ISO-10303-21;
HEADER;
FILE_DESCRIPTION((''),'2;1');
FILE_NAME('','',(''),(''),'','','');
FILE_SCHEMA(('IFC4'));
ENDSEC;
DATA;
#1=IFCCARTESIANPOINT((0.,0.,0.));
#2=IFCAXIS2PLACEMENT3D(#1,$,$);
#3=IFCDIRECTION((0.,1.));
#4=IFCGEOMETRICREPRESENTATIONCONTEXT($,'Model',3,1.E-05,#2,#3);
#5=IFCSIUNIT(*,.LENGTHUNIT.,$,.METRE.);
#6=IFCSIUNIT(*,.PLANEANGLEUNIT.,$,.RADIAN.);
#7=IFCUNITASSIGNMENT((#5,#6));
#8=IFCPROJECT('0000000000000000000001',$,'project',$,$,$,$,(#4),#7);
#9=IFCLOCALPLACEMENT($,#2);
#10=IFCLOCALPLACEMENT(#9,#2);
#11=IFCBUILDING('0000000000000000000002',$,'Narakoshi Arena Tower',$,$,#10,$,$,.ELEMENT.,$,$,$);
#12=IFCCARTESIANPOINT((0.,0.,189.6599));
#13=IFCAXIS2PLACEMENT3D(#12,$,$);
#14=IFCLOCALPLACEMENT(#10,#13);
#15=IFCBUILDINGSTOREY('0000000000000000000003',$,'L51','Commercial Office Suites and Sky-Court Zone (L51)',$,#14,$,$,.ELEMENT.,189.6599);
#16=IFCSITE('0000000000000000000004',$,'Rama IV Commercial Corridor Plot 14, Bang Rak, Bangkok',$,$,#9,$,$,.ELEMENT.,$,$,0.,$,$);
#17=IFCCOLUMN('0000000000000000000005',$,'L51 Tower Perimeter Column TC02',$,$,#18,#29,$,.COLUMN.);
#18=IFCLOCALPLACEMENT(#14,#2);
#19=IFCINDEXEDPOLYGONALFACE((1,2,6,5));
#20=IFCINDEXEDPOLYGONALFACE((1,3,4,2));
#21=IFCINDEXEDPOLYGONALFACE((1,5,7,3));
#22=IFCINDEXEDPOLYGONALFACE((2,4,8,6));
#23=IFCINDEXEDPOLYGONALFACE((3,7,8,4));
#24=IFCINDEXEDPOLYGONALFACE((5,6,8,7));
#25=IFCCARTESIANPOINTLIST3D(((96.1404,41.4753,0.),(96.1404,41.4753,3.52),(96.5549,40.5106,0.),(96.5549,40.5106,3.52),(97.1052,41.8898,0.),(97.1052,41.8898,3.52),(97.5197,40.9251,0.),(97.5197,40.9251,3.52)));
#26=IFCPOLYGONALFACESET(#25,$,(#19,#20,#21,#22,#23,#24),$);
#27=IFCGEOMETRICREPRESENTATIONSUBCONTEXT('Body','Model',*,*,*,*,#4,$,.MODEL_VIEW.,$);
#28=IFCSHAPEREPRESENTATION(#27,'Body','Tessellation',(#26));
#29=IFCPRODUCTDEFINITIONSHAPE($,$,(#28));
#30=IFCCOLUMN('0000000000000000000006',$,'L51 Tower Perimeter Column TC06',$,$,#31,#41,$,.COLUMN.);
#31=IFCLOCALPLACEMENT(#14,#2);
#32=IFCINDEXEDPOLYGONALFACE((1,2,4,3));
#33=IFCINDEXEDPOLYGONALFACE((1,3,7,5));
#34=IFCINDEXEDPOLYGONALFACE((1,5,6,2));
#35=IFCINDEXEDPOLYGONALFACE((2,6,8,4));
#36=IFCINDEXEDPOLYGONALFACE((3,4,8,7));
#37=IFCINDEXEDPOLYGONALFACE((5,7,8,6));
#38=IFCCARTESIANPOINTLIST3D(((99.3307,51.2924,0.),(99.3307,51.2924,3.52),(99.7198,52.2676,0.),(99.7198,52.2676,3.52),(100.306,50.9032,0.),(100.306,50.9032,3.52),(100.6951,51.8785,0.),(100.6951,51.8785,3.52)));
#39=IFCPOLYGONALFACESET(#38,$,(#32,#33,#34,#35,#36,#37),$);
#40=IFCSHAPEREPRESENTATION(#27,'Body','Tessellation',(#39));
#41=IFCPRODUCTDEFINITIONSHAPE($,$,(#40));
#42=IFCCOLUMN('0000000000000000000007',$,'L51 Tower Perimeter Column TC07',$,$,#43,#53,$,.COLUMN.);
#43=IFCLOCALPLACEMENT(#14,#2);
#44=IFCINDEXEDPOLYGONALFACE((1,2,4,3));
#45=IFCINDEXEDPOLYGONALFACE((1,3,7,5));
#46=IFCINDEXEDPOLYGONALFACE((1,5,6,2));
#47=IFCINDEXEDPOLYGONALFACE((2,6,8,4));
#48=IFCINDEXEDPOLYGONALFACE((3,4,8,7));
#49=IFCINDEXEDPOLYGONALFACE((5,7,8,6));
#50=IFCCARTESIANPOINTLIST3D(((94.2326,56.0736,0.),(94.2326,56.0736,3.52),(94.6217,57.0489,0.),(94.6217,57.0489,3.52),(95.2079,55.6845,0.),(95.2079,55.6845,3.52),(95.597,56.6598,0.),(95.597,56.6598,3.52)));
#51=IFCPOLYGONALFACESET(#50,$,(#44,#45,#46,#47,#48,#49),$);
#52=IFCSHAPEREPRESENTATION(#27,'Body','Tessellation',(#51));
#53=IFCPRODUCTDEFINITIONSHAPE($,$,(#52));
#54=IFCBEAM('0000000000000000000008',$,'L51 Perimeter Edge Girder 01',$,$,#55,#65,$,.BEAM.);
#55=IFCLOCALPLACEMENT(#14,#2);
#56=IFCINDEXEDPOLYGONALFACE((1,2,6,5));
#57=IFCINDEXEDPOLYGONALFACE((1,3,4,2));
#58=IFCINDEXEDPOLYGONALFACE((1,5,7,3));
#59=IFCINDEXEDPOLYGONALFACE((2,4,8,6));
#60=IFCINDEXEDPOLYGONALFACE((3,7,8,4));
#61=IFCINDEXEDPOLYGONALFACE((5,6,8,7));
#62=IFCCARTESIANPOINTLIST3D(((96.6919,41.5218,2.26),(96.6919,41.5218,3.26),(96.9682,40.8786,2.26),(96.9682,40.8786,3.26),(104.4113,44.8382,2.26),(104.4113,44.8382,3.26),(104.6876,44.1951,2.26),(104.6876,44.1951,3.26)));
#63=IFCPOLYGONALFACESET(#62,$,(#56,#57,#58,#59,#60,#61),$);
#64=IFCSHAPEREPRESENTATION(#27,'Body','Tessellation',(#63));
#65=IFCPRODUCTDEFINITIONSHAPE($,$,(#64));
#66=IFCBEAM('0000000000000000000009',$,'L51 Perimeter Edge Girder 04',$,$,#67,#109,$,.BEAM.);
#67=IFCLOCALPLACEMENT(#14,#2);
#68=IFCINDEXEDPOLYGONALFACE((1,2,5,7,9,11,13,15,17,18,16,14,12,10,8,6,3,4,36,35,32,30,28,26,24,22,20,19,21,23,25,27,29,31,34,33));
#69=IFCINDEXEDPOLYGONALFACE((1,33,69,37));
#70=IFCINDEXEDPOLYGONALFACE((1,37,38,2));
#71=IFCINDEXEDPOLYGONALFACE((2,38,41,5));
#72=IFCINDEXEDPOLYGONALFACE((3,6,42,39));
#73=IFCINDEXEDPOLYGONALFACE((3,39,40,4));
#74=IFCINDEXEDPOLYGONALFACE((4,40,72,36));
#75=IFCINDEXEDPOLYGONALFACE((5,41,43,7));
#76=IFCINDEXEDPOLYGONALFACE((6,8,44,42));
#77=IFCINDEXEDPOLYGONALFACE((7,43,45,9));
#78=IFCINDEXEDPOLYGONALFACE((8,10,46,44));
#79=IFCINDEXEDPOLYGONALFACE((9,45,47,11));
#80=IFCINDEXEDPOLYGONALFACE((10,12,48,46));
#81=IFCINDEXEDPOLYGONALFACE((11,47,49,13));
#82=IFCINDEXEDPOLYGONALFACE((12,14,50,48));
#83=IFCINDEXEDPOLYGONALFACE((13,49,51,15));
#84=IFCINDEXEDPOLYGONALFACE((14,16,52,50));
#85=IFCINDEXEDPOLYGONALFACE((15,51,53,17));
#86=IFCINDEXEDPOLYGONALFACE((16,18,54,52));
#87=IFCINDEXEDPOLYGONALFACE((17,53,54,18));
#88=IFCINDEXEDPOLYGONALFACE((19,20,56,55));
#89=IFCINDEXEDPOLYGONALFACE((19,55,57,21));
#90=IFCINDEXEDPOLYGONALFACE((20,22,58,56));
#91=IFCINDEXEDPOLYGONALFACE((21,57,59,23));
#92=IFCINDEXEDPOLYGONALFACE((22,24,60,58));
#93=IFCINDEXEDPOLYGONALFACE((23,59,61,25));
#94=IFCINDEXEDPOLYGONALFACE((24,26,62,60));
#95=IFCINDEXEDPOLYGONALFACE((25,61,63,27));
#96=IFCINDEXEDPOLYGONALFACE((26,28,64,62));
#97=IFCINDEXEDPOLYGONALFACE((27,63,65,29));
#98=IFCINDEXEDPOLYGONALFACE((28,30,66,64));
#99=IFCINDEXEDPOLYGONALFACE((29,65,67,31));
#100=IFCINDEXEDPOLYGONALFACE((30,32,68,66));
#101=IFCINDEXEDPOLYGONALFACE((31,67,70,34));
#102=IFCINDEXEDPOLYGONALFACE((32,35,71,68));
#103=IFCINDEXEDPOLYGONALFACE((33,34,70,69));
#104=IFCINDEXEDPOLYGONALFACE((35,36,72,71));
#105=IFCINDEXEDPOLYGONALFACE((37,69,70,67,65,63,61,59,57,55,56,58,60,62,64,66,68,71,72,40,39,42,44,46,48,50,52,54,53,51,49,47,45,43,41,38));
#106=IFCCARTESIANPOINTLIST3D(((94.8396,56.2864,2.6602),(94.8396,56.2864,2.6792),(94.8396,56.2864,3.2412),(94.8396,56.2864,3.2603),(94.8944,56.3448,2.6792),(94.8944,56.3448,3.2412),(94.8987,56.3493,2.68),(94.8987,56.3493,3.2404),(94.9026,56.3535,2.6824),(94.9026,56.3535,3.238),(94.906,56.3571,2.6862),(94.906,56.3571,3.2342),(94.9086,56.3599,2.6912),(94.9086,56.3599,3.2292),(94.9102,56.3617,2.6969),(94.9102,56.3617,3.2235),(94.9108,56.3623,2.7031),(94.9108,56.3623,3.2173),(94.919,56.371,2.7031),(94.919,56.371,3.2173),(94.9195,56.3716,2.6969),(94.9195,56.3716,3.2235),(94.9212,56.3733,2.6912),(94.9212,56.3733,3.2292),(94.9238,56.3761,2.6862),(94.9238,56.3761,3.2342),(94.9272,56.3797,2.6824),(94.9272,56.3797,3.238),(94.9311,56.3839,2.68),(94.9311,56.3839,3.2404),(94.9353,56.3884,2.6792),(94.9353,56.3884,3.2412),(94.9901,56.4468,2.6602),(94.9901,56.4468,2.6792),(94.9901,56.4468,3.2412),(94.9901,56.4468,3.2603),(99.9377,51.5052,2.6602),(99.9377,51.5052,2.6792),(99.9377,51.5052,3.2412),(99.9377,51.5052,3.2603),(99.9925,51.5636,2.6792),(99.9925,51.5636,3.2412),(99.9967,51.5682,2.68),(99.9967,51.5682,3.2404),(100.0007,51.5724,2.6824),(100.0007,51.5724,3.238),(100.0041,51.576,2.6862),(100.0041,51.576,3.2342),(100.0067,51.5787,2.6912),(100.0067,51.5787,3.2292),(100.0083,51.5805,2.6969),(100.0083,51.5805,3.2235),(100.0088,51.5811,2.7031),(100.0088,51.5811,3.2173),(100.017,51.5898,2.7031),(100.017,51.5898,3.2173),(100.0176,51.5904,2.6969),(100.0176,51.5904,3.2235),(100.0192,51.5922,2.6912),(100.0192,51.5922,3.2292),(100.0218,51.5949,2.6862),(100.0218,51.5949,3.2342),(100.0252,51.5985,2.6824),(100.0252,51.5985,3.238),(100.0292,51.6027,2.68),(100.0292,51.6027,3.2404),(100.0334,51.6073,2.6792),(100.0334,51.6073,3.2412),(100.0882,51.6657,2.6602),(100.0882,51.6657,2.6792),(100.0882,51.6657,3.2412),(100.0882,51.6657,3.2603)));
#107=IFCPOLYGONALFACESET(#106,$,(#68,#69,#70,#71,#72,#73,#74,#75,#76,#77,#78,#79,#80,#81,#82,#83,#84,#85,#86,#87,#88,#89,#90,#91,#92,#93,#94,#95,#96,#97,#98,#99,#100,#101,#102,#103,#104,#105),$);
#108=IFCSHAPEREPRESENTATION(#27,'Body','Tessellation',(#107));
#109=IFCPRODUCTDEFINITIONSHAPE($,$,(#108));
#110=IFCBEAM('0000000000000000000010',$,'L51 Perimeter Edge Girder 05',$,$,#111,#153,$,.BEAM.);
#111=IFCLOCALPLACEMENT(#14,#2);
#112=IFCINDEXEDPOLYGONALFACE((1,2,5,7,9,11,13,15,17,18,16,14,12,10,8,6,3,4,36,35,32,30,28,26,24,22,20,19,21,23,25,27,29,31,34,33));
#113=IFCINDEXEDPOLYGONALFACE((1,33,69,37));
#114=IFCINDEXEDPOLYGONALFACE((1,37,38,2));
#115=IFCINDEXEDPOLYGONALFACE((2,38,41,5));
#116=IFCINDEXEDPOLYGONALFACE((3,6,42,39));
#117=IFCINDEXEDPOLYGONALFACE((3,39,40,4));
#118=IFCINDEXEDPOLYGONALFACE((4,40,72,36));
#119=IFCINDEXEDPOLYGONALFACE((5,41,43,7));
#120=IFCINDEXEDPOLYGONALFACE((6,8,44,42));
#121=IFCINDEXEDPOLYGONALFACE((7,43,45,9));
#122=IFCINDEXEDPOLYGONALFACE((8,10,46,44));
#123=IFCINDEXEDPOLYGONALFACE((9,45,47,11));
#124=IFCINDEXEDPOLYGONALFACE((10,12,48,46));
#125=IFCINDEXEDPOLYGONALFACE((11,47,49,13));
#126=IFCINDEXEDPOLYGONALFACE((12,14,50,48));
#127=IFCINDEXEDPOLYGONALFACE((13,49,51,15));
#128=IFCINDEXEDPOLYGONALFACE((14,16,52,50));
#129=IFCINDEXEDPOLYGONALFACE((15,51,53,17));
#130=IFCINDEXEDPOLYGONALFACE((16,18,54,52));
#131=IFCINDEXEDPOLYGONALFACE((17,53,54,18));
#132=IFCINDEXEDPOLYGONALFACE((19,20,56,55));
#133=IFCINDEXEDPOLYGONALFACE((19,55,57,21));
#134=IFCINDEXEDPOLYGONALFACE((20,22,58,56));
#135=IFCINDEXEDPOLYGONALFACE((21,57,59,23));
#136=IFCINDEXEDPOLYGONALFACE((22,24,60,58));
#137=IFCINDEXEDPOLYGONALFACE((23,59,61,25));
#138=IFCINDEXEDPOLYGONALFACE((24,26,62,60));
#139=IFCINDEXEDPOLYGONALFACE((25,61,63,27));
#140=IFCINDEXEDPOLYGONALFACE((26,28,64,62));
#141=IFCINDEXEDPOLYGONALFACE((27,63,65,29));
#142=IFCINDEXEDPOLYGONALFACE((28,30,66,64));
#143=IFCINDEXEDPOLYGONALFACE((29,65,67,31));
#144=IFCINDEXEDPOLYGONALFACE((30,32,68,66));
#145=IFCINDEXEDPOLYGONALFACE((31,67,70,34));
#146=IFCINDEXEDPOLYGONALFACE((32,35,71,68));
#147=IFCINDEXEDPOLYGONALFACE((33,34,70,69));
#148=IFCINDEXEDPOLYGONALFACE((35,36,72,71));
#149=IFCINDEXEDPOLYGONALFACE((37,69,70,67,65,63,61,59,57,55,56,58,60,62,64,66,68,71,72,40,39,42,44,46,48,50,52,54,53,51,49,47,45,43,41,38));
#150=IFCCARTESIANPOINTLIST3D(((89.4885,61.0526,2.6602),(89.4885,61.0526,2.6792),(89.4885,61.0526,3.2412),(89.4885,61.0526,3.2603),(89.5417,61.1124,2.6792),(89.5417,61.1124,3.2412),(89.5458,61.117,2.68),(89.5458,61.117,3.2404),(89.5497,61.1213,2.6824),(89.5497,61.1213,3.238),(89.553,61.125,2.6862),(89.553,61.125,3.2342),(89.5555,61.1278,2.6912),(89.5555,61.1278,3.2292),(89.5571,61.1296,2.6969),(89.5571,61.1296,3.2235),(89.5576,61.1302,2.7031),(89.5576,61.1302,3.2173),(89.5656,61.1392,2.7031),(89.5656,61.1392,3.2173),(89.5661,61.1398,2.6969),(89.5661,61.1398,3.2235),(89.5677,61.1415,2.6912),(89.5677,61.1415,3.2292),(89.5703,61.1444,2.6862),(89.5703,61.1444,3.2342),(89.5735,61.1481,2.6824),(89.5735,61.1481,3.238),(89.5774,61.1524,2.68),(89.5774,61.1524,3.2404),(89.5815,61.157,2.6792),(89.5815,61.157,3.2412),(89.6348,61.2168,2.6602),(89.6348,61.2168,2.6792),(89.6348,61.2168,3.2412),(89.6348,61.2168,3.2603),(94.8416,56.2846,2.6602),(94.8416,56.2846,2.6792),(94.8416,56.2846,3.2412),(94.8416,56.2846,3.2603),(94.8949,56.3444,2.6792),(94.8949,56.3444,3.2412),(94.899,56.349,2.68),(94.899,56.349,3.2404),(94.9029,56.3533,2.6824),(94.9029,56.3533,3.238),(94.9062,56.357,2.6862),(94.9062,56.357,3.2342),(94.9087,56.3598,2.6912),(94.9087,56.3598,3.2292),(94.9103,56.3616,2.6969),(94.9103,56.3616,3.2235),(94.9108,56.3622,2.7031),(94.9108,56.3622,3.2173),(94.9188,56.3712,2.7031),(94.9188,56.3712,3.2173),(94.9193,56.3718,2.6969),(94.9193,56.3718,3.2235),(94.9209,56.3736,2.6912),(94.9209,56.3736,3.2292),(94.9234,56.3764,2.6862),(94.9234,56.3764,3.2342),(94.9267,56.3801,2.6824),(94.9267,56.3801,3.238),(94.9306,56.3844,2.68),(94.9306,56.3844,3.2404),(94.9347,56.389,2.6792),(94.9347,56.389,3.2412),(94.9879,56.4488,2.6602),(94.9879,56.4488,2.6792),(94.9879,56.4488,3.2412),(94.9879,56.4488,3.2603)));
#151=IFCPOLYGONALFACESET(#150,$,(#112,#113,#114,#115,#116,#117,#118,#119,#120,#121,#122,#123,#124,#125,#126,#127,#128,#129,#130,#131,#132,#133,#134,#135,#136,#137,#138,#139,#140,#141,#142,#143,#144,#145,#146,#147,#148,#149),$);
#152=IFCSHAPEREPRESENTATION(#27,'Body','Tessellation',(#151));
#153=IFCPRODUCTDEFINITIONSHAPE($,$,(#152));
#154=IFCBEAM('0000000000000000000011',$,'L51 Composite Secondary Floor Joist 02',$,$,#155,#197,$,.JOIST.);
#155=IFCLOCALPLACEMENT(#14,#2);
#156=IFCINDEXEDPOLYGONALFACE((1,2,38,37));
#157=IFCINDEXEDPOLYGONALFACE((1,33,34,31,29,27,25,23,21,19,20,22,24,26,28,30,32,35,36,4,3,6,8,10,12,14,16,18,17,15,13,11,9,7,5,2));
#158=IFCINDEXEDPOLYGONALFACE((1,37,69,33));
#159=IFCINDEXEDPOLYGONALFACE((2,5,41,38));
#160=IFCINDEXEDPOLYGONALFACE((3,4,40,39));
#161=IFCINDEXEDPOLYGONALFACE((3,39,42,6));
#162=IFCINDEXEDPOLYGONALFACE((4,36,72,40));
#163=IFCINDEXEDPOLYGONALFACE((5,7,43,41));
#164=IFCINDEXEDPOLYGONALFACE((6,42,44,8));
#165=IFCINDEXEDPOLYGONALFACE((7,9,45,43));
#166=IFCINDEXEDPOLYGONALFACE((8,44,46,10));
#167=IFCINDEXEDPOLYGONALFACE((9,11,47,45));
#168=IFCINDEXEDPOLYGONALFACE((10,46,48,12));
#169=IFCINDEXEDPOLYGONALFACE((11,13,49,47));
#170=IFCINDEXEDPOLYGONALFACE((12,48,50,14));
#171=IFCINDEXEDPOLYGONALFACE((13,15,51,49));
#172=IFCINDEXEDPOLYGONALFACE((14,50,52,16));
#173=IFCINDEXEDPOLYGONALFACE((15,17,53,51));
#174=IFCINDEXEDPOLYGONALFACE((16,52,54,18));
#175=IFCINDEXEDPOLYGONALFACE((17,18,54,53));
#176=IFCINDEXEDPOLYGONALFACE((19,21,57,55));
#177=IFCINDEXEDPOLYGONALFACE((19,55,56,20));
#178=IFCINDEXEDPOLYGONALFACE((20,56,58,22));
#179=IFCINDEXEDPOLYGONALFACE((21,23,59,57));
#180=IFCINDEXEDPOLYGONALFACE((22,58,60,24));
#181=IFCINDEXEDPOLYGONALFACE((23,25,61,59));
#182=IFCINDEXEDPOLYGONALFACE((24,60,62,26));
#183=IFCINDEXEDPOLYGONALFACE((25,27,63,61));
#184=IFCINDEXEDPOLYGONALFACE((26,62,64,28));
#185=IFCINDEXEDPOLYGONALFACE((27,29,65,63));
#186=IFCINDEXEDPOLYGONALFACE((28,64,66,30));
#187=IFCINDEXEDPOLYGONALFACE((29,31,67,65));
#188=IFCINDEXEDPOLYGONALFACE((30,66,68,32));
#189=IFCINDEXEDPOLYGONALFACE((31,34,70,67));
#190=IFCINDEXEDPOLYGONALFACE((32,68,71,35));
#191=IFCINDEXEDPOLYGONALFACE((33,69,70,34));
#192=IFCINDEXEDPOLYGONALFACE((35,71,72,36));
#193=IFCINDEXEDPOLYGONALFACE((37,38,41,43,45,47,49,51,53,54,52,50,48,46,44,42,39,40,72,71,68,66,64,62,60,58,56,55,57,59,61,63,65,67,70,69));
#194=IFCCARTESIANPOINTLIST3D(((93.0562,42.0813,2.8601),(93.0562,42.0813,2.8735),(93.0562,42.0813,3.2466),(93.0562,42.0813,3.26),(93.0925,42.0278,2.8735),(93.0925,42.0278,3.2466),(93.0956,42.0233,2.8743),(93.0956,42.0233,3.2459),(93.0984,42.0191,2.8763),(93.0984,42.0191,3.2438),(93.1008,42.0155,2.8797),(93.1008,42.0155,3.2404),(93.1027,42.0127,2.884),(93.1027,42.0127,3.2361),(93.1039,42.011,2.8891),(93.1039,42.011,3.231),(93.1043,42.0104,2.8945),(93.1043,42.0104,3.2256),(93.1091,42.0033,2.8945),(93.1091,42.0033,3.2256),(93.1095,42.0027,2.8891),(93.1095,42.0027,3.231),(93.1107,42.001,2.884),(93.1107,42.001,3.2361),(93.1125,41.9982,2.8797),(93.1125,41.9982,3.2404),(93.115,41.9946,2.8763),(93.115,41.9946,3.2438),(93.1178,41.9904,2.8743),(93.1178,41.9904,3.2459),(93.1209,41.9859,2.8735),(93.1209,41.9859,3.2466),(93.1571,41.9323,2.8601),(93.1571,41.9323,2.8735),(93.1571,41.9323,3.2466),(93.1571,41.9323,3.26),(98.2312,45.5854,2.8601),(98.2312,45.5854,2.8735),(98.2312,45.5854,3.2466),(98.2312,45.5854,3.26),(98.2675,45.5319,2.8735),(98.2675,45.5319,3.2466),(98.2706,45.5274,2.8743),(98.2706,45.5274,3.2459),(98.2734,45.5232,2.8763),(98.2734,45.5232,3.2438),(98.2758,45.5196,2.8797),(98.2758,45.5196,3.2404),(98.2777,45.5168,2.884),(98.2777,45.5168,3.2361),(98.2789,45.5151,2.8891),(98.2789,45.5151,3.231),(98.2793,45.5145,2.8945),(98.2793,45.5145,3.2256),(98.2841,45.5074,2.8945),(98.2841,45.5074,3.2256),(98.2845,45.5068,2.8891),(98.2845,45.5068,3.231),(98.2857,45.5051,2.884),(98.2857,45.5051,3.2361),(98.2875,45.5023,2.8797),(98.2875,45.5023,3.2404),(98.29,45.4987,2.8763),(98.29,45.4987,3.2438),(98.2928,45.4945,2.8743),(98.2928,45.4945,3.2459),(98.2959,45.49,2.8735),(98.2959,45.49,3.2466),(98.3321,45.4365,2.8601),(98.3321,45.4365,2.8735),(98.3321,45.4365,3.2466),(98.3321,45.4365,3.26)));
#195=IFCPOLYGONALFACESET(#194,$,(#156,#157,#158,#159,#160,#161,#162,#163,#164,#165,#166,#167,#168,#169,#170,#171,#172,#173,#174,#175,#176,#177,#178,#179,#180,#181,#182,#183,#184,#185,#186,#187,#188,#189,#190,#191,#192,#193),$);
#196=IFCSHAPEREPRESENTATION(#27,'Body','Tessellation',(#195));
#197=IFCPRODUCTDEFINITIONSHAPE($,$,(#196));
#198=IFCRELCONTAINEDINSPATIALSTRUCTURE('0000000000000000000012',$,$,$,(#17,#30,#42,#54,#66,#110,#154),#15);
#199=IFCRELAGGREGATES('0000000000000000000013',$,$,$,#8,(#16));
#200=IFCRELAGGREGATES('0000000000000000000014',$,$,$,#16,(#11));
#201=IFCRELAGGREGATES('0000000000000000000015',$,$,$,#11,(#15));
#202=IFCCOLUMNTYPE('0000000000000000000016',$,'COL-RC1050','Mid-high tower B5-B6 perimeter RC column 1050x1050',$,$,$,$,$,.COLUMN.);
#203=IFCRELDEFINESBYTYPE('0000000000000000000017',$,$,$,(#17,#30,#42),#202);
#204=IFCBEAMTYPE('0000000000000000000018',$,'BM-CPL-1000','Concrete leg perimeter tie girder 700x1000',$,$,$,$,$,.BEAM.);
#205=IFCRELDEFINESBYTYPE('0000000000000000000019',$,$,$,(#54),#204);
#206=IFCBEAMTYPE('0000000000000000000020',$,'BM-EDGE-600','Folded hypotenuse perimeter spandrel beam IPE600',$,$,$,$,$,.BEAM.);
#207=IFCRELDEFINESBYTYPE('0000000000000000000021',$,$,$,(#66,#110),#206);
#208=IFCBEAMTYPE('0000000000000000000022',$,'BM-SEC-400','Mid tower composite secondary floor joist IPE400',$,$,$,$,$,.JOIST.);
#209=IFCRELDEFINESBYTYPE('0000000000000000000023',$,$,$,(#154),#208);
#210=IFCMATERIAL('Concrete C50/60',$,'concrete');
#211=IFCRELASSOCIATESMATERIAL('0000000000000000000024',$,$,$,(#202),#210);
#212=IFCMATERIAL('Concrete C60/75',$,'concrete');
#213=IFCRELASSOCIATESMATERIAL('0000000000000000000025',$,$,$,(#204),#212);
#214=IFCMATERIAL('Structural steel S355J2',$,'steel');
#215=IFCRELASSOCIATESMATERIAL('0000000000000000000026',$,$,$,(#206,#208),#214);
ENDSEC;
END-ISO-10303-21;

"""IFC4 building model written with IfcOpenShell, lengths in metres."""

from ifc_helpers import new_model, si_unit, direction, frame, origin, origin_2d, place, context, subcontext, project, spatial, rectangle, i_section, extrude, material, material_profile, profile_set, type_object, element, save


model = new_model("IFC4")

# Units and contexts
model_context = context("Model", 3, precision=1e-05, world=origin(), true_north=direction((0.0, 1.0)))
body_context = subcontext(model_context, "Body", "Model", "MODEL_VIEW")
ifc_project = project(units=[si_unit("LENGTHUNIT", "METRE"), si_unit("PLANEANGLEUNIT", "RADIAN")], contexts=[model_context])

# Site, building, storey
site_placement = place(None, origin())
site = spatial("IfcSite", under=ifc_project, at=site_placement, Name="Rama IV Commercial Corridor Plot 14, Bang Rak, Bangkok", CompositionType="ELEMENT", RefElevation=0.0)
building_placement = place(site_placement, origin())
building = spatial("IfcBuilding", under=site, at=building_placement, Name="Narakoshi Arena Tower", CompositionType="ELEMENT")
storey_placement = place(building_placement, frame((0.0, 0.0, 189.6599)))
storey = spatial("IfcBuildingStorey", under=building, at=storey_placement, Name="L51", Description="Commercial Office Suites and Sky-Court Zone (L51)", CompositionType="ELEMENT", Elevation=189.6599)

# Columns
ifc_material_1 = material(Name="Concrete C50/60", Category="concrete")
ifc_material_profile_1 = material_profile(ifc_material_1, rectangle(XDim=1.05, YDim=1.05, at=origin_2d()), Name="RC1050x1050")
ifc_profile_set_1 = profile_set([ifc_material_profile_1], Name="Concrete C50/60")
column_type = type_object("IfcColumnType", Name="COL-RC1050", Description="Mid-high tower B5-B6 perimeter RC column 1050x1050", PredefinedType="COLUMN", material=ifc_profile_set_1)
for number, where, z_axis, x_axis, name in (
    (1, (96.8301, 41.2002, 0.0), (0.0, 0.0, 1.0), (0.918791, 0.394744, 0.0), "L51 Tower Perimeter Column TC02"),
    (2, (100.0129, 51.5854, 0.0), (0.0, 0.0, 1.0), (0.370557, 0.92881, 0.0), "L51 Tower Perimeter Column TC06"),
    (3, (94.9148, 56.3667, 0.0), (0.0, 0.0, 1.0), (0.370557, 0.92881, 0.0), "L51 Tower Perimeter Column TC07"),
):
    element("IfcColumn", number, at=place(storey_placement, frame(where, z_axis=z_axis, x_axis=x_axis)), inside=storey, type_object=column_type, Name=name, PredefinedType="COLUMN", context=body_context, shape_type="SweptSolid", body=[
        extrude(rectangle(XDim=1.05, YDim=1.05, at=origin_2d()), origin(), (0.0, 0.0, 1.0), 3.52),
    ])

# Beams
ifc_material_2 = material(Name="Concrete C60/75", Category="concrete")
ifc_material_profile_2 = material_profile(ifc_material_2, rectangle(XDim=0.7, YDim=1.0, at=origin_2d()), Name="RCB700x1000")
ifc_profile_set_2 = profile_set([ifc_material_profile_2], Name="Concrete C60/75")
beam_type_1 = type_object("IfcBeamType", Name="BM-CPL-1000", Description="Concrete leg perimeter tie girder 700x1000", PredefinedType="BEAM", material=ifc_profile_set_2)
beam_1_placement = place(storey_placement, frame((96.8301, 41.2002, 2.76), z_axis=(0.918793, 0.39474, 0.0), x_axis=(-0.39474, 0.918793, 0.0)))
element("IfcBeam", 4, at=beam_1_placement, inside=storey, type_object=beam_type_1, Name="L51 Perimeter Edge Girder 01", PredefinedType="BEAM", context=body_context, shape_type="SweptSolid", body=[
    extrude(rectangle(XDim=0.7, YDim=1.0, at=origin_2d()), origin(), (0.0, 0.0, 1.0), 8.4016),
])
ifc_material_3 = material(Name="Structural steel S355J2", Category="steel")
ifc_material_profile_3 = material_profile(ifc_material_3, i_section(OverallWidth=0.22, OverallDepth=0.6001, WebThickness=0.012, FlangeThickness=0.019, FilletRadius=0.0239, at=origin_2d()), Name="IPE600")
ifc_profile_set_3 = profile_set([ifc_material_profile_3], Name="Structural steel S355J2")
beam_type_2 = type_object("IfcBeamType", Name="BM-EDGE-600", Description="Folded hypotenuse perimeter spandrel beam IPE600", PredefinedType="BEAM", material=ifc_profile_set_3)
beam_2_placement = place(storey_placement, frame((100.0129, 51.5854, 2.9602), z_axis=(-0.729413, 0.684074, 0.0), x_axis=(-0.684074, -0.729413, 0.0)))
element("IfcBeam", 5, at=beam_2_placement, inside=storey, type_object=beam_type_2, Name="L51 Perimeter Edge Girder 04", PredefinedType="BEAM", context=body_context, shape_type="SweptSolid", body=[
    extrude(i_section(OverallWidth=0.22, OverallDepth=0.6001, WebThickness=0.012, FlangeThickness=0.019, FilletRadius=0.0239, at=origin_2d()), origin(), (0.0, 0.0, 1.0), 6.9893),
])
beam_3_placement = place(storey_placement, frame((94.9148, 56.3667, 2.9602), z_axis=(-0.746744, 0.665112, 0.0), x_axis=(-0.665112, -0.746744, 0.0)))
element("IfcBeam", 6, at=beam_3_placement, inside=storey, type_object=beam_type_2, Name="L51 Perimeter Edge Girder 05", PredefinedType="BEAM", context=body_context, shape_type="SweptSolid", body=[
    extrude(i_section(OverallWidth=0.22, OverallDepth=0.6001, WebThickness=0.012, FlangeThickness=0.019, FilletRadius=0.0239, at=origin_2d()), origin(), (0.0, 0.0, 1.0), 7.1687),
])
ifc_material_profile_4 = material_profile(ifc_material_3, i_section(OverallWidth=0.1799, OverallDepth=0.3999, WebThickness=0.0085, FlangeThickness=0.0134, FilletRadius=0.021, at=origin_2d()), Name="IPE400")
ifc_profile_set_4 = profile_set([ifc_material_profile_4], Name="Structural steel S355J2")
beam_type_3 = type_object("IfcBeamType", Name="BM-SEC-400", Description="Mid tower composite secondary floor joist IPE400", PredefinedType="JOIST", material=ifc_profile_set_4)
beam_4_placement = place(storey_placement, frame((93.1067, 42.0068, 3.0601), z_axis=(0.828032, 0.560681, 0.0), x_axis=(-0.560681, 0.828032, 0.0)))
element("IfcBeam", 7, at=beam_4_placement, inside=storey, type_object=beam_type_3, Name="L51 Composite Secondary Floor Joist 02", PredefinedType="JOIST", context=body_context, shape_type="SweptSolid", body=[
    extrude(i_section(OverallWidth=0.1799, OverallDepth=0.3999, WebThickness=0.0085, FlangeThickness=0.0134, FilletRadius=0.021, at=origin_2d()), origin(), (0.0, 0.0, 1.0), 6.2498),
])

save(model, "model.ifc")
